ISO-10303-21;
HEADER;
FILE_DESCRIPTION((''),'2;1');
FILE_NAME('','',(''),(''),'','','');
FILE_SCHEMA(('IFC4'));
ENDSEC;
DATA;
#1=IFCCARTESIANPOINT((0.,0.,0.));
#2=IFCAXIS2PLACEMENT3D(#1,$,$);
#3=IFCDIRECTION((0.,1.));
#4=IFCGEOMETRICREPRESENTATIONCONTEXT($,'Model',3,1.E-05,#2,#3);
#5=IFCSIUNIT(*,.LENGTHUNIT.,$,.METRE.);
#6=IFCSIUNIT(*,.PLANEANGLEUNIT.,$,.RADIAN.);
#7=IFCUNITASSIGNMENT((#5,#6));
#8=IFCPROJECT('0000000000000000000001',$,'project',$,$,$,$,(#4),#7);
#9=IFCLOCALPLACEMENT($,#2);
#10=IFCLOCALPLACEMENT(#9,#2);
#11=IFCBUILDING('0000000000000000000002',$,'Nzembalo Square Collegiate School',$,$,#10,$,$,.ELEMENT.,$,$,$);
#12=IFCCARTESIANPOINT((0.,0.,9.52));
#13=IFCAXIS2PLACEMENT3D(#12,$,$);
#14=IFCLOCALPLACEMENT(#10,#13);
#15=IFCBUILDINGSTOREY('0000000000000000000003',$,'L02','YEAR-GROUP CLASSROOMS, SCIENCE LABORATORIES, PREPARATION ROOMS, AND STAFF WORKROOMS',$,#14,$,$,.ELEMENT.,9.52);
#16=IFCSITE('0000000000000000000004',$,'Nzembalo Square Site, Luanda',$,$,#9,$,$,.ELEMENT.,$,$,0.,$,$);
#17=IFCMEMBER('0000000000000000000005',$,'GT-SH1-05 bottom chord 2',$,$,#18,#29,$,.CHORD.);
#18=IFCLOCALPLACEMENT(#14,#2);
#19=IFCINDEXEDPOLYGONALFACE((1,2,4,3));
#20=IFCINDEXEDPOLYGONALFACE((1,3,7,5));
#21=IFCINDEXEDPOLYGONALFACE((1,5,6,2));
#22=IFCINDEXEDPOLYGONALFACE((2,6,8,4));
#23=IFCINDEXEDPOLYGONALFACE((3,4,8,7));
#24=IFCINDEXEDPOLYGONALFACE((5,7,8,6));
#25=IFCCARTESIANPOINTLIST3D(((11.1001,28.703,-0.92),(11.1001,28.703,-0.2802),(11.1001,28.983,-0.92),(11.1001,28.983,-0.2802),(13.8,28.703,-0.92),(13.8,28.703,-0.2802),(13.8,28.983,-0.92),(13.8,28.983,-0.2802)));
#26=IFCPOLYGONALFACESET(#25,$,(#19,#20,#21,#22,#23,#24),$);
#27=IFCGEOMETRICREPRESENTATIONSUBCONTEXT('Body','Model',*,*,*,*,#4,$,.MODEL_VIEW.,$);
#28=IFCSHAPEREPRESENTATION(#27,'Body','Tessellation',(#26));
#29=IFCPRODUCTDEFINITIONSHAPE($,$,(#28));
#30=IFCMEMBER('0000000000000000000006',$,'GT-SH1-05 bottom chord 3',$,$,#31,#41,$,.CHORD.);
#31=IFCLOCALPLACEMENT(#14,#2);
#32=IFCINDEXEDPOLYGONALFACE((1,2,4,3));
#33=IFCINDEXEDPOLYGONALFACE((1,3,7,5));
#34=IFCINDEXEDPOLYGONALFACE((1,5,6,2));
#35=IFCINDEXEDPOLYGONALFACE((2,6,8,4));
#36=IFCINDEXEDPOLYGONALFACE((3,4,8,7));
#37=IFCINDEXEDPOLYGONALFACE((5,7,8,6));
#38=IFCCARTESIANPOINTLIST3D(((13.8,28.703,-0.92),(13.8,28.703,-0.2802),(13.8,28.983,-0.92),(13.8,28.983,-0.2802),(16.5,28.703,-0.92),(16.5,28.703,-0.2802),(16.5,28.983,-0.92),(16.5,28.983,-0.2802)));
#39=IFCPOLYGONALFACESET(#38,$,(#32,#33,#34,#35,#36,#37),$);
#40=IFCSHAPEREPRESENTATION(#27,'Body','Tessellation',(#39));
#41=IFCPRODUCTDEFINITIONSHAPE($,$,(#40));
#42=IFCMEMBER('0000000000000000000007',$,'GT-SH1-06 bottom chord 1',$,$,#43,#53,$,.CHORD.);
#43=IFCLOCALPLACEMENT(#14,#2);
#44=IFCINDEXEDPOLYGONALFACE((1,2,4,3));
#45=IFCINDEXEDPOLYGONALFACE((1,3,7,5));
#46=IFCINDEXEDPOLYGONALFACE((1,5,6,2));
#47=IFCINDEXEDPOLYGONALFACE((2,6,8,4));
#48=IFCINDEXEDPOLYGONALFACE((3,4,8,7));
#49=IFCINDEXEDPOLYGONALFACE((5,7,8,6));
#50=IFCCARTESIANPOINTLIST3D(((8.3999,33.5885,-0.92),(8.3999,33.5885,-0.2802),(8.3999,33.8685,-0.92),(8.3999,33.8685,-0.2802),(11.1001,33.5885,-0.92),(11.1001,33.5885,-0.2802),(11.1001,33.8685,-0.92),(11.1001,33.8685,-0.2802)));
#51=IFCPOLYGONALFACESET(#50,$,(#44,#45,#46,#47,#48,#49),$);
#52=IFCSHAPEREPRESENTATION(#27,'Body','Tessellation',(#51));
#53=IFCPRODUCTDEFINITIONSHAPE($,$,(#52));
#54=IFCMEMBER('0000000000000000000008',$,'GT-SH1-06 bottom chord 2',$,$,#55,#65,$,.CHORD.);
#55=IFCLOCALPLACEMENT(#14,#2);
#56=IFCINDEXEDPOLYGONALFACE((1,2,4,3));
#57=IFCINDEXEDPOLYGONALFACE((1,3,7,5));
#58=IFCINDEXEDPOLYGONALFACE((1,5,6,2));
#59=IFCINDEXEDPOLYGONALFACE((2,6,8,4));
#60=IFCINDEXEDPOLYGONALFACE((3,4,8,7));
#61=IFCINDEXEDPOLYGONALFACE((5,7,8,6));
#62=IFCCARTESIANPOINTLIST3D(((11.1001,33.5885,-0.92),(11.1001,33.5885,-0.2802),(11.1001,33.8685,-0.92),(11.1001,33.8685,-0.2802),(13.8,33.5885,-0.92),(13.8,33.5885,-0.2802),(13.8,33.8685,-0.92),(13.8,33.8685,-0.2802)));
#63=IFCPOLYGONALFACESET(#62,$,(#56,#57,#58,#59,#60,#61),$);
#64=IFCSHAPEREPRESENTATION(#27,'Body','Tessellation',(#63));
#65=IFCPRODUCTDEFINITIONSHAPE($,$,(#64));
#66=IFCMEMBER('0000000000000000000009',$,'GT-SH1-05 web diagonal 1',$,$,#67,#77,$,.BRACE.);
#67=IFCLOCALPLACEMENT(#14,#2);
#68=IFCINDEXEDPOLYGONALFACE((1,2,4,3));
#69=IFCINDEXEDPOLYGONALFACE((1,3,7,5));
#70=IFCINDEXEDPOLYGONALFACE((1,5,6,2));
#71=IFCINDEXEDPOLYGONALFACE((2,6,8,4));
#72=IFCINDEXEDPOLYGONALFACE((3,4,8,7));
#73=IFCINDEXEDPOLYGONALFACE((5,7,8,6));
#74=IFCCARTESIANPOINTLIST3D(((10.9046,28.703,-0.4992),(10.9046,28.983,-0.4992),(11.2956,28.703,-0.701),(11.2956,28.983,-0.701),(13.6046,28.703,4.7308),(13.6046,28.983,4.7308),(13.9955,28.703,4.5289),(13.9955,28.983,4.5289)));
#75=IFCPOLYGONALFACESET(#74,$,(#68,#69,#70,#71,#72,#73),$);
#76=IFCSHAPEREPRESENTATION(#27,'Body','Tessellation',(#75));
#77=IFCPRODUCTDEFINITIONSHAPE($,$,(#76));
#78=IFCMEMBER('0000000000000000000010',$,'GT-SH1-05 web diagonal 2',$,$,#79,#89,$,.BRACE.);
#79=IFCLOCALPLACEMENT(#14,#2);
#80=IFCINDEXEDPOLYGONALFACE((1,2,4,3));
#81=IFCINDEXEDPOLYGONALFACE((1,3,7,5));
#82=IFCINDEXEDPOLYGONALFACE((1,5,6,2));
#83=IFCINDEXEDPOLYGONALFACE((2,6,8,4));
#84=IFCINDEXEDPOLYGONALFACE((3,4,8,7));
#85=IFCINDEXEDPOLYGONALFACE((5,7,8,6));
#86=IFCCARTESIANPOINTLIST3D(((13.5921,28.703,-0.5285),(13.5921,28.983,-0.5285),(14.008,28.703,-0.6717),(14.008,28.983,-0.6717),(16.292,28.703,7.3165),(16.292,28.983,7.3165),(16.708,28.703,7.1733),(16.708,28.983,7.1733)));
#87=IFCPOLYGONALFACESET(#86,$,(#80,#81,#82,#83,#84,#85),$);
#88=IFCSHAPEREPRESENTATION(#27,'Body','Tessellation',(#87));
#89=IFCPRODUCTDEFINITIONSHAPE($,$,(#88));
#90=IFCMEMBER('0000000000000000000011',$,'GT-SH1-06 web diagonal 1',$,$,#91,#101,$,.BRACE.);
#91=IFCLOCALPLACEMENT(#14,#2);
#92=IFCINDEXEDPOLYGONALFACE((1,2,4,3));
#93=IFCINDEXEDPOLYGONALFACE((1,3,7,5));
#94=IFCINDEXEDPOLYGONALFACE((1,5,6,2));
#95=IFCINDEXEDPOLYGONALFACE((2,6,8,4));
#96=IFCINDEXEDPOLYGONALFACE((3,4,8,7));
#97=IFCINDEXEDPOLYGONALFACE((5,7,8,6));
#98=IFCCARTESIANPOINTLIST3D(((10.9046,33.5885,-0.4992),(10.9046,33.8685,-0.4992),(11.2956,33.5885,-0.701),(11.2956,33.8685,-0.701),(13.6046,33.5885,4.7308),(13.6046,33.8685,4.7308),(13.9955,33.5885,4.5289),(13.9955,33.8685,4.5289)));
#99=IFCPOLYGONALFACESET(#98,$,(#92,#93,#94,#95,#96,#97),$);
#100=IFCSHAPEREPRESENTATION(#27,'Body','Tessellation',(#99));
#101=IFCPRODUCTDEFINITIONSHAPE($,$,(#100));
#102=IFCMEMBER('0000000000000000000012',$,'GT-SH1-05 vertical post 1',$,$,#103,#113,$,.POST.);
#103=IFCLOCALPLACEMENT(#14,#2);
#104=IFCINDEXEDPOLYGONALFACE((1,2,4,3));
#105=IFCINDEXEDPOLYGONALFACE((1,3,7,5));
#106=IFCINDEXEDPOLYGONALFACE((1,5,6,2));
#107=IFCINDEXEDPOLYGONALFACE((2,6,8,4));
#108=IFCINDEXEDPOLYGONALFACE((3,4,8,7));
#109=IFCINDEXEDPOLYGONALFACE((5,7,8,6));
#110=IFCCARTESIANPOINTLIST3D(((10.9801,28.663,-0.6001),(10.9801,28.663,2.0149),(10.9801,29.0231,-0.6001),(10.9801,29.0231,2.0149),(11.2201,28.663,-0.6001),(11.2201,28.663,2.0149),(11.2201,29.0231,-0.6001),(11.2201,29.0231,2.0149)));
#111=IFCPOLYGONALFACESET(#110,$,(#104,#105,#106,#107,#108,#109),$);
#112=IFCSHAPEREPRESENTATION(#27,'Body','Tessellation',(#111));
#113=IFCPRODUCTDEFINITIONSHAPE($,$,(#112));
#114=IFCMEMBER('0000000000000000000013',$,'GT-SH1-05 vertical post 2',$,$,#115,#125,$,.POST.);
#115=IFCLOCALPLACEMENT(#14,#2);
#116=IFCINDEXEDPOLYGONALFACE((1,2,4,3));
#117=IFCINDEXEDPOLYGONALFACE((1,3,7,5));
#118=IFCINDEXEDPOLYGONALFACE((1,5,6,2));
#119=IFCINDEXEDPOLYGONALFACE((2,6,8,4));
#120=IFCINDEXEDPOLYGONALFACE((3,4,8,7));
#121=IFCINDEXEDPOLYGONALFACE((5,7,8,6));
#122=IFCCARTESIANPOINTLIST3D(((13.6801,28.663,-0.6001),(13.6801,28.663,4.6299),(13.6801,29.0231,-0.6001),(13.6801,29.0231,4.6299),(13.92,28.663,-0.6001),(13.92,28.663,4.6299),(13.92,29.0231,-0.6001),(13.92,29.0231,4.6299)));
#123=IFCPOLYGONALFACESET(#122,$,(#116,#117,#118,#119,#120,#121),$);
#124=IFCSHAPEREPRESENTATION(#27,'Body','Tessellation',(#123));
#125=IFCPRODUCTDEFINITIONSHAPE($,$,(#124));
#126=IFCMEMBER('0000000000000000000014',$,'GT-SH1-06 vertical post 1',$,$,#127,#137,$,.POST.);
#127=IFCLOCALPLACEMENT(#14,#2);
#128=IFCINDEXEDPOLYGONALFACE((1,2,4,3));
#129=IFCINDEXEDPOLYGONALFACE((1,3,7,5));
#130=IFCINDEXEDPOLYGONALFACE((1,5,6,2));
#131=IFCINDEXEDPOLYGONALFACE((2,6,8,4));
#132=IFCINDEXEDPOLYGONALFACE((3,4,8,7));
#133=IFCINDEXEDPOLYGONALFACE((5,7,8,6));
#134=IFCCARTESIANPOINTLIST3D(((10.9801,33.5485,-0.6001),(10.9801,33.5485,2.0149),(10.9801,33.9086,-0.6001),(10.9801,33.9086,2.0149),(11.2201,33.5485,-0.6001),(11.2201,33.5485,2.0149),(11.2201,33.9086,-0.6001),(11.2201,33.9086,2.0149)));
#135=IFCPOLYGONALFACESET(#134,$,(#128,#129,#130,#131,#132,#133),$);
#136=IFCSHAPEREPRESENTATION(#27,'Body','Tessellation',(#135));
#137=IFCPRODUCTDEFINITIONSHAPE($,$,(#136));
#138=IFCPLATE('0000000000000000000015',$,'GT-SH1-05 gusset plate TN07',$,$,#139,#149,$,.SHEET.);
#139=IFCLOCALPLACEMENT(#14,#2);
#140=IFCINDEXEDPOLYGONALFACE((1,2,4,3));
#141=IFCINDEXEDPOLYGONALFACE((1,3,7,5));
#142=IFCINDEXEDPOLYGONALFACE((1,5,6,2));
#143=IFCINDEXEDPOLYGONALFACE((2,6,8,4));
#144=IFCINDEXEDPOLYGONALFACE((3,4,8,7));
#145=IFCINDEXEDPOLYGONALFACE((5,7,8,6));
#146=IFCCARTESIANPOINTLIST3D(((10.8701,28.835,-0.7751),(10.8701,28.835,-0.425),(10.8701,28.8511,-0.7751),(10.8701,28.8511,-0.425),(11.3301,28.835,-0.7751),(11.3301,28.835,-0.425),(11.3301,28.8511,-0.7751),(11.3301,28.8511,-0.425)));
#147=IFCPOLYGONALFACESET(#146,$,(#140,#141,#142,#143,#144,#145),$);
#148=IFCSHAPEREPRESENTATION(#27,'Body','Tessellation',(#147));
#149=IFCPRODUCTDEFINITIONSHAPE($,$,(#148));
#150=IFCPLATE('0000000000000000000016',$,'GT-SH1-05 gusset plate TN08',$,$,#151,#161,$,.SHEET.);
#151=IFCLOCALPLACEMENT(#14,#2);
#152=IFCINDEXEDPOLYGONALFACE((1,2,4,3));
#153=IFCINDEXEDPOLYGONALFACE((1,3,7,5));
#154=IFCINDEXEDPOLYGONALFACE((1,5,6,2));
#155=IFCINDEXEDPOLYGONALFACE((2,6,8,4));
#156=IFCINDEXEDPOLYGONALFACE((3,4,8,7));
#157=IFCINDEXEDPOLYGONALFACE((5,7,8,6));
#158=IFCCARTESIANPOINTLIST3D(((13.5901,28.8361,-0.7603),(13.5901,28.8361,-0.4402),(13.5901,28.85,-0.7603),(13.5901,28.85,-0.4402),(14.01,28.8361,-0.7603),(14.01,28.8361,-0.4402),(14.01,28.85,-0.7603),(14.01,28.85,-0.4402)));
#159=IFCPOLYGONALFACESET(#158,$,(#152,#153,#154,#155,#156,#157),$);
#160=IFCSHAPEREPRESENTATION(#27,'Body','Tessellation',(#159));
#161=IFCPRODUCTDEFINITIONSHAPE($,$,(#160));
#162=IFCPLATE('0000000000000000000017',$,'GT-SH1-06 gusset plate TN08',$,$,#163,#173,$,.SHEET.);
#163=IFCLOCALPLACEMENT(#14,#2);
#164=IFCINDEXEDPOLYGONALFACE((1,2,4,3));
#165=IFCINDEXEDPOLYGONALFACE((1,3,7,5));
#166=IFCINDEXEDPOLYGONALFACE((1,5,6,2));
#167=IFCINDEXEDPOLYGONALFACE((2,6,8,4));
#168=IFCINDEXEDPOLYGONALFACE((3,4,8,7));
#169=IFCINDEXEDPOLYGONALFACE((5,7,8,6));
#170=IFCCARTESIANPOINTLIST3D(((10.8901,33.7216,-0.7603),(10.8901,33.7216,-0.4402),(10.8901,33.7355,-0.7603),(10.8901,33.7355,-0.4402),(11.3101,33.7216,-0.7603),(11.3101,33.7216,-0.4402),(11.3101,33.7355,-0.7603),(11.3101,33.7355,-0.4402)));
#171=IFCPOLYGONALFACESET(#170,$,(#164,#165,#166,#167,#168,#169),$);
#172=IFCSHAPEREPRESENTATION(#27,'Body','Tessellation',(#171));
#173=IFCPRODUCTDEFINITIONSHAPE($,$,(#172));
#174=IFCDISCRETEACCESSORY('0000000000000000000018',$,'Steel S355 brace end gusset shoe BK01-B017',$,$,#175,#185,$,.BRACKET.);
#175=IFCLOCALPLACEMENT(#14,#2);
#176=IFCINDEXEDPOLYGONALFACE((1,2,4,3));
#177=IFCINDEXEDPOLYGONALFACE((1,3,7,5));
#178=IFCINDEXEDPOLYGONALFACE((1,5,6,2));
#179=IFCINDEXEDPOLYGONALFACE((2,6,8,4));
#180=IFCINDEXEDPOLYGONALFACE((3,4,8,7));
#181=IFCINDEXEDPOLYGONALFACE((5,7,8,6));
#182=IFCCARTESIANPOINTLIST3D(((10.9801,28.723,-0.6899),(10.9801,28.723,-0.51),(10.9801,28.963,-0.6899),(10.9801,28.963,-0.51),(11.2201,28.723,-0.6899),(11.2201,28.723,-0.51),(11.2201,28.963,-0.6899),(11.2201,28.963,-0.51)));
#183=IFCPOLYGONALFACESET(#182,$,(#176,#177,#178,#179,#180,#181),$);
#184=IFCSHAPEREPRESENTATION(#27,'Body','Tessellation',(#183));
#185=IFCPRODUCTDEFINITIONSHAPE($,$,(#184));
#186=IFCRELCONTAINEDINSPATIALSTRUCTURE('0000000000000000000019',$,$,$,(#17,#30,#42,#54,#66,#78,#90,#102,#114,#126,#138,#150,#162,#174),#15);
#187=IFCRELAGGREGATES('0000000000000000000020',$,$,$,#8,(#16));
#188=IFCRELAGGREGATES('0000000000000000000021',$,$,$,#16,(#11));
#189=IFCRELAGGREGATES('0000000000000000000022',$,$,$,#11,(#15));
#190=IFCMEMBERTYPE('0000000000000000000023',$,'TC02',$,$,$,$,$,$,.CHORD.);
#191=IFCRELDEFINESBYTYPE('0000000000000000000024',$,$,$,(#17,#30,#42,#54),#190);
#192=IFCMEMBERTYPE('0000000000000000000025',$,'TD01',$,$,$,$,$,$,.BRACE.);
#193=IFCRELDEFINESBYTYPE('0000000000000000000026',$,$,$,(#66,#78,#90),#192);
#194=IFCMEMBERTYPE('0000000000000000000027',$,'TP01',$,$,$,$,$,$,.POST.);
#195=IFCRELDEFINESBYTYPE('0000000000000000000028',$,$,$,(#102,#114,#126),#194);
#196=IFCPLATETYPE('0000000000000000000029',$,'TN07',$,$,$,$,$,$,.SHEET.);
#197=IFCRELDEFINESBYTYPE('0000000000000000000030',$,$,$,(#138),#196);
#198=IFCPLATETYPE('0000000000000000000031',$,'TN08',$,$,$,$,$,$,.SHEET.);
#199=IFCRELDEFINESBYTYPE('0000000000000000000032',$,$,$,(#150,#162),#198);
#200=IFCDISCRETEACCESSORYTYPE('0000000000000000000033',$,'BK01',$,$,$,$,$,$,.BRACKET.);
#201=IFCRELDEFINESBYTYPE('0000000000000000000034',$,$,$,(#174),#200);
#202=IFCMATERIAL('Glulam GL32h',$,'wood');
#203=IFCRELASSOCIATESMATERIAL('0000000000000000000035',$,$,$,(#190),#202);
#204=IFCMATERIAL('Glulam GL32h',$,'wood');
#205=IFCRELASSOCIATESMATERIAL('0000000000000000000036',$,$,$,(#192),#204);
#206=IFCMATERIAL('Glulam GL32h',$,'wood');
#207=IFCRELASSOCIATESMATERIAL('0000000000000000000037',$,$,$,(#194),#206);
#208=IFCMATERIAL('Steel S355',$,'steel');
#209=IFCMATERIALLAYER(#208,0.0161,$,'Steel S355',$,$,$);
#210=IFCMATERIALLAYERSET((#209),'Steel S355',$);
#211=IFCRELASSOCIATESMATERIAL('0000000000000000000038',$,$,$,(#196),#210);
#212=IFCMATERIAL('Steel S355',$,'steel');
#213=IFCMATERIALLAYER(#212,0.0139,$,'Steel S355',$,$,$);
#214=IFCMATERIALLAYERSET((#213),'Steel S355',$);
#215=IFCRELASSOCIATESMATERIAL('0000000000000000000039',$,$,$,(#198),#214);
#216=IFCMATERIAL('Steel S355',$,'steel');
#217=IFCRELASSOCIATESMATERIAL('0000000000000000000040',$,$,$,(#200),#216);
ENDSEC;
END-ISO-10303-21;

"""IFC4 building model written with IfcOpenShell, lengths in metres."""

from ifc_helpers import new_model, si_unit, direction, frame, origin, origin_2d, place, context, subcontext, project, spatial, rectangle, extrude, material, layer, layer_set, material_profile, profile_set, type_object, element, save


model = new_model("IFC4")

# Units and contexts
model_context = context("Model", 3, precision=1e-05, world=origin(), true_north=direction((0.0, 1.0)))
body_context = subcontext(model_context, "Body", "Model", "MODEL_VIEW")
ifc_project = project(units=[si_unit("LENGTHUNIT", "METRE"), si_unit("PLANEANGLEUNIT", "RADIAN")], contexts=[model_context])

# Site, building, storey
site_placement = place(None, origin())
site = spatial("IfcSite", under=ifc_project, at=site_placement, Name="Nzembalo Square Site, Luanda", CompositionType="ELEMENT", RefElevation=0.0)
building_placement = place(site_placement, origin())
building = spatial("IfcBuilding", under=site, at=building_placement, Name="Nzembalo Square Collegiate School", CompositionType="ELEMENT")
storey_placement = place(building_placement, frame((0.0, 0.0, 9.52)))
storey = spatial("IfcBuildingStorey", under=building, at=storey_placement, Name="L02", Description="YEAR-GROUP CLASSROOMS, SCIENCE LABORATORIES, PREPARATION ROOMS, AND STAFF WORKROOMS", CompositionType="ELEMENT", Elevation=9.52)

# Members
ifc_material_1 = material(Name="Glulam GL32h", Category="wood")
ifc_material_profile_1 = material_profile(ifc_material_1, rectangle(XDim=0.28, YDim=0.6399, at=origin_2d()), Name="GL32h 280x640")
ifc_profile_set_1 = profile_set([ifc_material_profile_1], Name="Glulam GL32h")
member_type_1 = type_object("IfcMemberType", Name="TC02", PredefinedType="CHORD", material=ifc_profile_set_1)
for number, where, z_axis, x_axis, name in (
    (1, (11.1001, 28.843, -0.6001), (1.0, 0.0, 0.0), (0.0, 1.0, 0.0), "GT-SH1-05 bottom chord 2"),
    (2, (13.8, 28.843, -0.6001), (1.0, 0.0, 0.0), (0.0, 1.0, 0.0), "GT-SH1-05 bottom chord 3"),
):
    element("IfcMember", number, at=place(storey_placement, frame(where, z_axis=z_axis, x_axis=x_axis)), inside=storey, type_object=member_type_1, Name=name, PredefinedType="CHORD", context=body_context, shape_type="SweptSolid", body=[
        extrude(rectangle(XDim=0.28, YDim=0.6399, at=origin_2d()), origin(), (0.0, 0.0, 1.0), 2.7),
    ])
member_1_placement = place(storey_placement, frame((8.3999, 33.7285, -0.6001), z_axis=(1.0, 0.0, 0.0), x_axis=(0.0, 1.0, 0.0)))
element("IfcMember", 3, at=member_1_placement, inside=storey, type_object=member_type_1, Name="GT-SH1-06 bottom chord 1", PredefinedType="CHORD", context=body_context, shape_type="SweptSolid", body=[
    extrude(rectangle(XDim=0.28, YDim=0.6399, at=origin_2d()), origin(), (0.0, 0.0, 1.0), 2.7002),
])
member_2_placement = place(storey_placement, frame((11.1001, 33.7285, -0.6001), z_axis=(1.0, 0.0, 0.0), x_axis=(0.0, 1.0, 0.0)))
element("IfcMember", 4, at=member_2_placement, inside=storey, type_object=member_type_1, Name="GT-SH1-06 bottom chord 2", PredefinedType="CHORD", context=body_context, shape_type="SweptSolid", body=[
    extrude(rectangle(XDim=0.28, YDim=0.6399, at=origin_2d()), origin(), (0.0, 0.0, 1.0), 2.7),
])
ifc_material_2 = material(Name="Glulam GL32h", Category="wood")
ifc_material_profile_2 = material_profile(ifc_material_2, rectangle(XDim=0.28, YDim=0.4399, at=origin_2d()), Name="GL32h 280x440")
ifc_profile_set_2 = profile_set([ifc_material_profile_2], Name="Glulam GL32h")
member_type_2 = type_object("IfcMemberType", Name="TD01", PredefinedType="BRACE", material=ifc_profile_set_2)
member_3_placement = place(storey_placement, frame((11.1001, 28.843, -0.6001), z_axis=(0.458724, 0.0, 0.888579), x_axis=(0.0, 1.0, 0.0)))
element("IfcMember", 5, at=member_3_placement, inside=storey, type_object=member_type_2, Name="GT-SH1-05 web diagonal 1", PredefinedType="BRACE", context=body_context, shape_type="SweptSolid", body=[
    extrude(rectangle(XDim=0.28, YDim=0.4399, at=origin_2d()), origin(), (0.0, 0.0, 1.0), 5.8857),
])
member_4_placement = place(storey_placement, frame((13.8, 28.843, -0.6001), z_axis=(0.325429, 0.0, 0.945566), x_axis=(0.0, 1.0, 0.0)))
element("IfcMember", 6, at=member_4_placement, inside=storey, type_object=member_type_2, Name="GT-SH1-05 web diagonal 2", PredefinedType="BRACE", context=body_context, shape_type="SweptSolid", body=[
    extrude(rectangle(XDim=0.28, YDim=0.4399, at=origin_2d()), origin(), (0.0, 0.0, 1.0), 8.2966),
])
member_5_placement = place(storey_placement, frame((11.1001, 33.7285, -0.6001), z_axis=(0.458724, 0.0, 0.888579), x_axis=(0.0, 1.0, 0.0)))
element("IfcMember", 7, at=member_5_placement, inside=storey, type_object=member_type_2, Name="GT-SH1-06 web diagonal 1", PredefinedType="BRACE", context=body_context, shape_type="SweptSolid", body=[
    extrude(rectangle(XDim=0.28, YDim=0.4399, at=origin_2d()), origin(), (0.0, 0.0, 1.0), 5.8857),
])
ifc_material_3 = material(Name="Glulam GL32h", Category="wood")
ifc_material_profile_3 = material_profile(ifc_material_3, rectangle(XDim=0.24, YDim=0.3601, at=origin_2d()), Name="GL32h 240x360")
ifc_profile_set_3 = profile_set([ifc_material_profile_3], Name="Glulam GL32h")
member_type_3 = type_object("IfcMemberType", Name="TP01", PredefinedType="POST", material=ifc_profile_set_3)
member_6_placement = place(storey_placement, frame((11.1001, 28.843, -0.6001), z_axis=(0.0, 0.0, 1.0), x_axis=(1.0, 0.0, 0.0)))
element("IfcMember", 8, at=member_6_placement, inside=storey, type_object=member_type_3, Name="GT-SH1-05 vertical post 1", PredefinedType="POST", context=body_context, shape_type="SweptSolid", body=[
    extrude(rectangle(XDim=0.24, YDim=0.3601, at=origin_2d()), origin(), (0.0, 0.0, 1.0), 2.615),
])
member_7_placement = place(storey_placement, frame((13.8, 28.843, -0.6001), z_axis=(0.0, 0.0, 1.0), x_axis=(1.0, 0.0, 0.0)))
element("IfcMember", 9, at=member_7_placement, inside=storey, type_object=member_type_3, Name="GT-SH1-05 vertical post 2", PredefinedType="POST", context=body_context, shape_type="SweptSolid", body=[
    extrude(rectangle(XDim=0.24, YDim=0.3601, at=origin_2d()), origin(), (0.0, 0.0, 1.0), 5.23),
])
member_8_placement = place(storey_placement, frame((11.1001, 33.7285, -0.6001), z_axis=(0.0, 0.0, 1.0), x_axis=(1.0, 0.0, 0.0)))
element("IfcMember", 10, at=member_8_placement, inside=storey, type_object=member_type_3, Name="GT-SH1-06 vertical post 1", PredefinedType="POST", context=body_context, shape_type="SweptSolid", body=[
    extrude(rectangle(XDim=0.24, YDim=0.3601, at=origin_2d()), origin(), (0.0, 0.0, 1.0), 2.615),
])

# Plates
ifc_material_4 = material(Name="Steel S355", Category="steel")
ifc_layer_1 = layer(ifc_material_4, 0.0161, Name="Steel S355")
ifc_layer_set_1 = layer_set([ifc_layer_1], Name="Steel S355")
plate_type_1 = type_object("IfcPlateType", Name="TN07", PredefinedType="SHEET", material=ifc_layer_set_1)
plate_placement = place(storey_placement, frame((11.1001, 28.843, -0.7751), z_axis=(0.0, 0.0, 1.0), x_axis=(1.0, 0.0, 0.0)))
element("IfcPlate", 11, at=plate_placement, inside=storey, type_object=plate_type_1, Name="GT-SH1-05 gusset plate TN07", PredefinedType="SHEET", context=body_context, shape_type="SweptSolid", body=[
    extrude(rectangle(XDim=0.46, YDim=0.0161, at=origin_2d()), origin(), (0.0, 0.0, 1.0), 0.3501),
])
ifc_material_5 = material(Name="Steel S355", Category="steel")
ifc_layer_2 = layer(ifc_material_5, 0.0139, Name="Steel S355")
ifc_layer_set_2 = layer_set([ifc_layer_2], Name="Steel S355")
plate_type_2 = type_object("IfcPlateType", Name="TN08", PredefinedType="SHEET", material=ifc_layer_set_2)
for number, where, z_axis, x_axis, name in (
    (12, (13.8, 28.843, -0.7603), (0.0, 0.0, 1.0), (1.0, 0.0, 0.0), "GT-SH1-05 gusset plate TN08"),
    (13, (11.1001, 33.7285, -0.7603), (0.0, 0.0, 1.0), (1.0, 0.0, 0.0), "GT-SH1-06 gusset plate TN08"),
):
    element("IfcPlate", number, at=place(storey_placement, frame(where, z_axis=z_axis, x_axis=x_axis)), inside=storey, type_object=plate_type_2, Name=name, PredefinedType="SHEET", context=body_context, shape_type="SweptSolid", body=[
        extrude(rectangle(XDim=0.4199, YDim=0.0139, at=origin_2d()), origin(), (0.0, 0.0, 1.0), 0.3201),
    ])

# Discrete accessory
ifc_material_6 = material(Name="Steel S355", Category="steel")
discrete_accessory_type = type_object("IfcDiscreteAccessoryType", Name="BK01", PredefinedType="BRACKET", material=ifc_material_6)
for number, where, z_axis, x_axis, name in (
    (14, (11.1001, 28.843, -0.6899), (0.0, 0.0, 1.0), (1.0, 0.0, 0.0), "Steel S355 brace end gusset shoe BK01-B017"),
):
    element("IfcDiscreteAccessory", number, at=place(storey_placement, frame(where, z_axis=z_axis, x_axis=x_axis)), inside=storey, type_object=discrete_accessory_type, Name=name, PredefinedType="BRACKET", context=body_context, shape_type="SweptSolid", body=[
        extrude(rectangle(XDim=0.24, YDim=0.24, at=origin_2d()), origin(), (0.0, 0.0, 1.0), 0.1799),
    ])

save(model, "model.ifc")
